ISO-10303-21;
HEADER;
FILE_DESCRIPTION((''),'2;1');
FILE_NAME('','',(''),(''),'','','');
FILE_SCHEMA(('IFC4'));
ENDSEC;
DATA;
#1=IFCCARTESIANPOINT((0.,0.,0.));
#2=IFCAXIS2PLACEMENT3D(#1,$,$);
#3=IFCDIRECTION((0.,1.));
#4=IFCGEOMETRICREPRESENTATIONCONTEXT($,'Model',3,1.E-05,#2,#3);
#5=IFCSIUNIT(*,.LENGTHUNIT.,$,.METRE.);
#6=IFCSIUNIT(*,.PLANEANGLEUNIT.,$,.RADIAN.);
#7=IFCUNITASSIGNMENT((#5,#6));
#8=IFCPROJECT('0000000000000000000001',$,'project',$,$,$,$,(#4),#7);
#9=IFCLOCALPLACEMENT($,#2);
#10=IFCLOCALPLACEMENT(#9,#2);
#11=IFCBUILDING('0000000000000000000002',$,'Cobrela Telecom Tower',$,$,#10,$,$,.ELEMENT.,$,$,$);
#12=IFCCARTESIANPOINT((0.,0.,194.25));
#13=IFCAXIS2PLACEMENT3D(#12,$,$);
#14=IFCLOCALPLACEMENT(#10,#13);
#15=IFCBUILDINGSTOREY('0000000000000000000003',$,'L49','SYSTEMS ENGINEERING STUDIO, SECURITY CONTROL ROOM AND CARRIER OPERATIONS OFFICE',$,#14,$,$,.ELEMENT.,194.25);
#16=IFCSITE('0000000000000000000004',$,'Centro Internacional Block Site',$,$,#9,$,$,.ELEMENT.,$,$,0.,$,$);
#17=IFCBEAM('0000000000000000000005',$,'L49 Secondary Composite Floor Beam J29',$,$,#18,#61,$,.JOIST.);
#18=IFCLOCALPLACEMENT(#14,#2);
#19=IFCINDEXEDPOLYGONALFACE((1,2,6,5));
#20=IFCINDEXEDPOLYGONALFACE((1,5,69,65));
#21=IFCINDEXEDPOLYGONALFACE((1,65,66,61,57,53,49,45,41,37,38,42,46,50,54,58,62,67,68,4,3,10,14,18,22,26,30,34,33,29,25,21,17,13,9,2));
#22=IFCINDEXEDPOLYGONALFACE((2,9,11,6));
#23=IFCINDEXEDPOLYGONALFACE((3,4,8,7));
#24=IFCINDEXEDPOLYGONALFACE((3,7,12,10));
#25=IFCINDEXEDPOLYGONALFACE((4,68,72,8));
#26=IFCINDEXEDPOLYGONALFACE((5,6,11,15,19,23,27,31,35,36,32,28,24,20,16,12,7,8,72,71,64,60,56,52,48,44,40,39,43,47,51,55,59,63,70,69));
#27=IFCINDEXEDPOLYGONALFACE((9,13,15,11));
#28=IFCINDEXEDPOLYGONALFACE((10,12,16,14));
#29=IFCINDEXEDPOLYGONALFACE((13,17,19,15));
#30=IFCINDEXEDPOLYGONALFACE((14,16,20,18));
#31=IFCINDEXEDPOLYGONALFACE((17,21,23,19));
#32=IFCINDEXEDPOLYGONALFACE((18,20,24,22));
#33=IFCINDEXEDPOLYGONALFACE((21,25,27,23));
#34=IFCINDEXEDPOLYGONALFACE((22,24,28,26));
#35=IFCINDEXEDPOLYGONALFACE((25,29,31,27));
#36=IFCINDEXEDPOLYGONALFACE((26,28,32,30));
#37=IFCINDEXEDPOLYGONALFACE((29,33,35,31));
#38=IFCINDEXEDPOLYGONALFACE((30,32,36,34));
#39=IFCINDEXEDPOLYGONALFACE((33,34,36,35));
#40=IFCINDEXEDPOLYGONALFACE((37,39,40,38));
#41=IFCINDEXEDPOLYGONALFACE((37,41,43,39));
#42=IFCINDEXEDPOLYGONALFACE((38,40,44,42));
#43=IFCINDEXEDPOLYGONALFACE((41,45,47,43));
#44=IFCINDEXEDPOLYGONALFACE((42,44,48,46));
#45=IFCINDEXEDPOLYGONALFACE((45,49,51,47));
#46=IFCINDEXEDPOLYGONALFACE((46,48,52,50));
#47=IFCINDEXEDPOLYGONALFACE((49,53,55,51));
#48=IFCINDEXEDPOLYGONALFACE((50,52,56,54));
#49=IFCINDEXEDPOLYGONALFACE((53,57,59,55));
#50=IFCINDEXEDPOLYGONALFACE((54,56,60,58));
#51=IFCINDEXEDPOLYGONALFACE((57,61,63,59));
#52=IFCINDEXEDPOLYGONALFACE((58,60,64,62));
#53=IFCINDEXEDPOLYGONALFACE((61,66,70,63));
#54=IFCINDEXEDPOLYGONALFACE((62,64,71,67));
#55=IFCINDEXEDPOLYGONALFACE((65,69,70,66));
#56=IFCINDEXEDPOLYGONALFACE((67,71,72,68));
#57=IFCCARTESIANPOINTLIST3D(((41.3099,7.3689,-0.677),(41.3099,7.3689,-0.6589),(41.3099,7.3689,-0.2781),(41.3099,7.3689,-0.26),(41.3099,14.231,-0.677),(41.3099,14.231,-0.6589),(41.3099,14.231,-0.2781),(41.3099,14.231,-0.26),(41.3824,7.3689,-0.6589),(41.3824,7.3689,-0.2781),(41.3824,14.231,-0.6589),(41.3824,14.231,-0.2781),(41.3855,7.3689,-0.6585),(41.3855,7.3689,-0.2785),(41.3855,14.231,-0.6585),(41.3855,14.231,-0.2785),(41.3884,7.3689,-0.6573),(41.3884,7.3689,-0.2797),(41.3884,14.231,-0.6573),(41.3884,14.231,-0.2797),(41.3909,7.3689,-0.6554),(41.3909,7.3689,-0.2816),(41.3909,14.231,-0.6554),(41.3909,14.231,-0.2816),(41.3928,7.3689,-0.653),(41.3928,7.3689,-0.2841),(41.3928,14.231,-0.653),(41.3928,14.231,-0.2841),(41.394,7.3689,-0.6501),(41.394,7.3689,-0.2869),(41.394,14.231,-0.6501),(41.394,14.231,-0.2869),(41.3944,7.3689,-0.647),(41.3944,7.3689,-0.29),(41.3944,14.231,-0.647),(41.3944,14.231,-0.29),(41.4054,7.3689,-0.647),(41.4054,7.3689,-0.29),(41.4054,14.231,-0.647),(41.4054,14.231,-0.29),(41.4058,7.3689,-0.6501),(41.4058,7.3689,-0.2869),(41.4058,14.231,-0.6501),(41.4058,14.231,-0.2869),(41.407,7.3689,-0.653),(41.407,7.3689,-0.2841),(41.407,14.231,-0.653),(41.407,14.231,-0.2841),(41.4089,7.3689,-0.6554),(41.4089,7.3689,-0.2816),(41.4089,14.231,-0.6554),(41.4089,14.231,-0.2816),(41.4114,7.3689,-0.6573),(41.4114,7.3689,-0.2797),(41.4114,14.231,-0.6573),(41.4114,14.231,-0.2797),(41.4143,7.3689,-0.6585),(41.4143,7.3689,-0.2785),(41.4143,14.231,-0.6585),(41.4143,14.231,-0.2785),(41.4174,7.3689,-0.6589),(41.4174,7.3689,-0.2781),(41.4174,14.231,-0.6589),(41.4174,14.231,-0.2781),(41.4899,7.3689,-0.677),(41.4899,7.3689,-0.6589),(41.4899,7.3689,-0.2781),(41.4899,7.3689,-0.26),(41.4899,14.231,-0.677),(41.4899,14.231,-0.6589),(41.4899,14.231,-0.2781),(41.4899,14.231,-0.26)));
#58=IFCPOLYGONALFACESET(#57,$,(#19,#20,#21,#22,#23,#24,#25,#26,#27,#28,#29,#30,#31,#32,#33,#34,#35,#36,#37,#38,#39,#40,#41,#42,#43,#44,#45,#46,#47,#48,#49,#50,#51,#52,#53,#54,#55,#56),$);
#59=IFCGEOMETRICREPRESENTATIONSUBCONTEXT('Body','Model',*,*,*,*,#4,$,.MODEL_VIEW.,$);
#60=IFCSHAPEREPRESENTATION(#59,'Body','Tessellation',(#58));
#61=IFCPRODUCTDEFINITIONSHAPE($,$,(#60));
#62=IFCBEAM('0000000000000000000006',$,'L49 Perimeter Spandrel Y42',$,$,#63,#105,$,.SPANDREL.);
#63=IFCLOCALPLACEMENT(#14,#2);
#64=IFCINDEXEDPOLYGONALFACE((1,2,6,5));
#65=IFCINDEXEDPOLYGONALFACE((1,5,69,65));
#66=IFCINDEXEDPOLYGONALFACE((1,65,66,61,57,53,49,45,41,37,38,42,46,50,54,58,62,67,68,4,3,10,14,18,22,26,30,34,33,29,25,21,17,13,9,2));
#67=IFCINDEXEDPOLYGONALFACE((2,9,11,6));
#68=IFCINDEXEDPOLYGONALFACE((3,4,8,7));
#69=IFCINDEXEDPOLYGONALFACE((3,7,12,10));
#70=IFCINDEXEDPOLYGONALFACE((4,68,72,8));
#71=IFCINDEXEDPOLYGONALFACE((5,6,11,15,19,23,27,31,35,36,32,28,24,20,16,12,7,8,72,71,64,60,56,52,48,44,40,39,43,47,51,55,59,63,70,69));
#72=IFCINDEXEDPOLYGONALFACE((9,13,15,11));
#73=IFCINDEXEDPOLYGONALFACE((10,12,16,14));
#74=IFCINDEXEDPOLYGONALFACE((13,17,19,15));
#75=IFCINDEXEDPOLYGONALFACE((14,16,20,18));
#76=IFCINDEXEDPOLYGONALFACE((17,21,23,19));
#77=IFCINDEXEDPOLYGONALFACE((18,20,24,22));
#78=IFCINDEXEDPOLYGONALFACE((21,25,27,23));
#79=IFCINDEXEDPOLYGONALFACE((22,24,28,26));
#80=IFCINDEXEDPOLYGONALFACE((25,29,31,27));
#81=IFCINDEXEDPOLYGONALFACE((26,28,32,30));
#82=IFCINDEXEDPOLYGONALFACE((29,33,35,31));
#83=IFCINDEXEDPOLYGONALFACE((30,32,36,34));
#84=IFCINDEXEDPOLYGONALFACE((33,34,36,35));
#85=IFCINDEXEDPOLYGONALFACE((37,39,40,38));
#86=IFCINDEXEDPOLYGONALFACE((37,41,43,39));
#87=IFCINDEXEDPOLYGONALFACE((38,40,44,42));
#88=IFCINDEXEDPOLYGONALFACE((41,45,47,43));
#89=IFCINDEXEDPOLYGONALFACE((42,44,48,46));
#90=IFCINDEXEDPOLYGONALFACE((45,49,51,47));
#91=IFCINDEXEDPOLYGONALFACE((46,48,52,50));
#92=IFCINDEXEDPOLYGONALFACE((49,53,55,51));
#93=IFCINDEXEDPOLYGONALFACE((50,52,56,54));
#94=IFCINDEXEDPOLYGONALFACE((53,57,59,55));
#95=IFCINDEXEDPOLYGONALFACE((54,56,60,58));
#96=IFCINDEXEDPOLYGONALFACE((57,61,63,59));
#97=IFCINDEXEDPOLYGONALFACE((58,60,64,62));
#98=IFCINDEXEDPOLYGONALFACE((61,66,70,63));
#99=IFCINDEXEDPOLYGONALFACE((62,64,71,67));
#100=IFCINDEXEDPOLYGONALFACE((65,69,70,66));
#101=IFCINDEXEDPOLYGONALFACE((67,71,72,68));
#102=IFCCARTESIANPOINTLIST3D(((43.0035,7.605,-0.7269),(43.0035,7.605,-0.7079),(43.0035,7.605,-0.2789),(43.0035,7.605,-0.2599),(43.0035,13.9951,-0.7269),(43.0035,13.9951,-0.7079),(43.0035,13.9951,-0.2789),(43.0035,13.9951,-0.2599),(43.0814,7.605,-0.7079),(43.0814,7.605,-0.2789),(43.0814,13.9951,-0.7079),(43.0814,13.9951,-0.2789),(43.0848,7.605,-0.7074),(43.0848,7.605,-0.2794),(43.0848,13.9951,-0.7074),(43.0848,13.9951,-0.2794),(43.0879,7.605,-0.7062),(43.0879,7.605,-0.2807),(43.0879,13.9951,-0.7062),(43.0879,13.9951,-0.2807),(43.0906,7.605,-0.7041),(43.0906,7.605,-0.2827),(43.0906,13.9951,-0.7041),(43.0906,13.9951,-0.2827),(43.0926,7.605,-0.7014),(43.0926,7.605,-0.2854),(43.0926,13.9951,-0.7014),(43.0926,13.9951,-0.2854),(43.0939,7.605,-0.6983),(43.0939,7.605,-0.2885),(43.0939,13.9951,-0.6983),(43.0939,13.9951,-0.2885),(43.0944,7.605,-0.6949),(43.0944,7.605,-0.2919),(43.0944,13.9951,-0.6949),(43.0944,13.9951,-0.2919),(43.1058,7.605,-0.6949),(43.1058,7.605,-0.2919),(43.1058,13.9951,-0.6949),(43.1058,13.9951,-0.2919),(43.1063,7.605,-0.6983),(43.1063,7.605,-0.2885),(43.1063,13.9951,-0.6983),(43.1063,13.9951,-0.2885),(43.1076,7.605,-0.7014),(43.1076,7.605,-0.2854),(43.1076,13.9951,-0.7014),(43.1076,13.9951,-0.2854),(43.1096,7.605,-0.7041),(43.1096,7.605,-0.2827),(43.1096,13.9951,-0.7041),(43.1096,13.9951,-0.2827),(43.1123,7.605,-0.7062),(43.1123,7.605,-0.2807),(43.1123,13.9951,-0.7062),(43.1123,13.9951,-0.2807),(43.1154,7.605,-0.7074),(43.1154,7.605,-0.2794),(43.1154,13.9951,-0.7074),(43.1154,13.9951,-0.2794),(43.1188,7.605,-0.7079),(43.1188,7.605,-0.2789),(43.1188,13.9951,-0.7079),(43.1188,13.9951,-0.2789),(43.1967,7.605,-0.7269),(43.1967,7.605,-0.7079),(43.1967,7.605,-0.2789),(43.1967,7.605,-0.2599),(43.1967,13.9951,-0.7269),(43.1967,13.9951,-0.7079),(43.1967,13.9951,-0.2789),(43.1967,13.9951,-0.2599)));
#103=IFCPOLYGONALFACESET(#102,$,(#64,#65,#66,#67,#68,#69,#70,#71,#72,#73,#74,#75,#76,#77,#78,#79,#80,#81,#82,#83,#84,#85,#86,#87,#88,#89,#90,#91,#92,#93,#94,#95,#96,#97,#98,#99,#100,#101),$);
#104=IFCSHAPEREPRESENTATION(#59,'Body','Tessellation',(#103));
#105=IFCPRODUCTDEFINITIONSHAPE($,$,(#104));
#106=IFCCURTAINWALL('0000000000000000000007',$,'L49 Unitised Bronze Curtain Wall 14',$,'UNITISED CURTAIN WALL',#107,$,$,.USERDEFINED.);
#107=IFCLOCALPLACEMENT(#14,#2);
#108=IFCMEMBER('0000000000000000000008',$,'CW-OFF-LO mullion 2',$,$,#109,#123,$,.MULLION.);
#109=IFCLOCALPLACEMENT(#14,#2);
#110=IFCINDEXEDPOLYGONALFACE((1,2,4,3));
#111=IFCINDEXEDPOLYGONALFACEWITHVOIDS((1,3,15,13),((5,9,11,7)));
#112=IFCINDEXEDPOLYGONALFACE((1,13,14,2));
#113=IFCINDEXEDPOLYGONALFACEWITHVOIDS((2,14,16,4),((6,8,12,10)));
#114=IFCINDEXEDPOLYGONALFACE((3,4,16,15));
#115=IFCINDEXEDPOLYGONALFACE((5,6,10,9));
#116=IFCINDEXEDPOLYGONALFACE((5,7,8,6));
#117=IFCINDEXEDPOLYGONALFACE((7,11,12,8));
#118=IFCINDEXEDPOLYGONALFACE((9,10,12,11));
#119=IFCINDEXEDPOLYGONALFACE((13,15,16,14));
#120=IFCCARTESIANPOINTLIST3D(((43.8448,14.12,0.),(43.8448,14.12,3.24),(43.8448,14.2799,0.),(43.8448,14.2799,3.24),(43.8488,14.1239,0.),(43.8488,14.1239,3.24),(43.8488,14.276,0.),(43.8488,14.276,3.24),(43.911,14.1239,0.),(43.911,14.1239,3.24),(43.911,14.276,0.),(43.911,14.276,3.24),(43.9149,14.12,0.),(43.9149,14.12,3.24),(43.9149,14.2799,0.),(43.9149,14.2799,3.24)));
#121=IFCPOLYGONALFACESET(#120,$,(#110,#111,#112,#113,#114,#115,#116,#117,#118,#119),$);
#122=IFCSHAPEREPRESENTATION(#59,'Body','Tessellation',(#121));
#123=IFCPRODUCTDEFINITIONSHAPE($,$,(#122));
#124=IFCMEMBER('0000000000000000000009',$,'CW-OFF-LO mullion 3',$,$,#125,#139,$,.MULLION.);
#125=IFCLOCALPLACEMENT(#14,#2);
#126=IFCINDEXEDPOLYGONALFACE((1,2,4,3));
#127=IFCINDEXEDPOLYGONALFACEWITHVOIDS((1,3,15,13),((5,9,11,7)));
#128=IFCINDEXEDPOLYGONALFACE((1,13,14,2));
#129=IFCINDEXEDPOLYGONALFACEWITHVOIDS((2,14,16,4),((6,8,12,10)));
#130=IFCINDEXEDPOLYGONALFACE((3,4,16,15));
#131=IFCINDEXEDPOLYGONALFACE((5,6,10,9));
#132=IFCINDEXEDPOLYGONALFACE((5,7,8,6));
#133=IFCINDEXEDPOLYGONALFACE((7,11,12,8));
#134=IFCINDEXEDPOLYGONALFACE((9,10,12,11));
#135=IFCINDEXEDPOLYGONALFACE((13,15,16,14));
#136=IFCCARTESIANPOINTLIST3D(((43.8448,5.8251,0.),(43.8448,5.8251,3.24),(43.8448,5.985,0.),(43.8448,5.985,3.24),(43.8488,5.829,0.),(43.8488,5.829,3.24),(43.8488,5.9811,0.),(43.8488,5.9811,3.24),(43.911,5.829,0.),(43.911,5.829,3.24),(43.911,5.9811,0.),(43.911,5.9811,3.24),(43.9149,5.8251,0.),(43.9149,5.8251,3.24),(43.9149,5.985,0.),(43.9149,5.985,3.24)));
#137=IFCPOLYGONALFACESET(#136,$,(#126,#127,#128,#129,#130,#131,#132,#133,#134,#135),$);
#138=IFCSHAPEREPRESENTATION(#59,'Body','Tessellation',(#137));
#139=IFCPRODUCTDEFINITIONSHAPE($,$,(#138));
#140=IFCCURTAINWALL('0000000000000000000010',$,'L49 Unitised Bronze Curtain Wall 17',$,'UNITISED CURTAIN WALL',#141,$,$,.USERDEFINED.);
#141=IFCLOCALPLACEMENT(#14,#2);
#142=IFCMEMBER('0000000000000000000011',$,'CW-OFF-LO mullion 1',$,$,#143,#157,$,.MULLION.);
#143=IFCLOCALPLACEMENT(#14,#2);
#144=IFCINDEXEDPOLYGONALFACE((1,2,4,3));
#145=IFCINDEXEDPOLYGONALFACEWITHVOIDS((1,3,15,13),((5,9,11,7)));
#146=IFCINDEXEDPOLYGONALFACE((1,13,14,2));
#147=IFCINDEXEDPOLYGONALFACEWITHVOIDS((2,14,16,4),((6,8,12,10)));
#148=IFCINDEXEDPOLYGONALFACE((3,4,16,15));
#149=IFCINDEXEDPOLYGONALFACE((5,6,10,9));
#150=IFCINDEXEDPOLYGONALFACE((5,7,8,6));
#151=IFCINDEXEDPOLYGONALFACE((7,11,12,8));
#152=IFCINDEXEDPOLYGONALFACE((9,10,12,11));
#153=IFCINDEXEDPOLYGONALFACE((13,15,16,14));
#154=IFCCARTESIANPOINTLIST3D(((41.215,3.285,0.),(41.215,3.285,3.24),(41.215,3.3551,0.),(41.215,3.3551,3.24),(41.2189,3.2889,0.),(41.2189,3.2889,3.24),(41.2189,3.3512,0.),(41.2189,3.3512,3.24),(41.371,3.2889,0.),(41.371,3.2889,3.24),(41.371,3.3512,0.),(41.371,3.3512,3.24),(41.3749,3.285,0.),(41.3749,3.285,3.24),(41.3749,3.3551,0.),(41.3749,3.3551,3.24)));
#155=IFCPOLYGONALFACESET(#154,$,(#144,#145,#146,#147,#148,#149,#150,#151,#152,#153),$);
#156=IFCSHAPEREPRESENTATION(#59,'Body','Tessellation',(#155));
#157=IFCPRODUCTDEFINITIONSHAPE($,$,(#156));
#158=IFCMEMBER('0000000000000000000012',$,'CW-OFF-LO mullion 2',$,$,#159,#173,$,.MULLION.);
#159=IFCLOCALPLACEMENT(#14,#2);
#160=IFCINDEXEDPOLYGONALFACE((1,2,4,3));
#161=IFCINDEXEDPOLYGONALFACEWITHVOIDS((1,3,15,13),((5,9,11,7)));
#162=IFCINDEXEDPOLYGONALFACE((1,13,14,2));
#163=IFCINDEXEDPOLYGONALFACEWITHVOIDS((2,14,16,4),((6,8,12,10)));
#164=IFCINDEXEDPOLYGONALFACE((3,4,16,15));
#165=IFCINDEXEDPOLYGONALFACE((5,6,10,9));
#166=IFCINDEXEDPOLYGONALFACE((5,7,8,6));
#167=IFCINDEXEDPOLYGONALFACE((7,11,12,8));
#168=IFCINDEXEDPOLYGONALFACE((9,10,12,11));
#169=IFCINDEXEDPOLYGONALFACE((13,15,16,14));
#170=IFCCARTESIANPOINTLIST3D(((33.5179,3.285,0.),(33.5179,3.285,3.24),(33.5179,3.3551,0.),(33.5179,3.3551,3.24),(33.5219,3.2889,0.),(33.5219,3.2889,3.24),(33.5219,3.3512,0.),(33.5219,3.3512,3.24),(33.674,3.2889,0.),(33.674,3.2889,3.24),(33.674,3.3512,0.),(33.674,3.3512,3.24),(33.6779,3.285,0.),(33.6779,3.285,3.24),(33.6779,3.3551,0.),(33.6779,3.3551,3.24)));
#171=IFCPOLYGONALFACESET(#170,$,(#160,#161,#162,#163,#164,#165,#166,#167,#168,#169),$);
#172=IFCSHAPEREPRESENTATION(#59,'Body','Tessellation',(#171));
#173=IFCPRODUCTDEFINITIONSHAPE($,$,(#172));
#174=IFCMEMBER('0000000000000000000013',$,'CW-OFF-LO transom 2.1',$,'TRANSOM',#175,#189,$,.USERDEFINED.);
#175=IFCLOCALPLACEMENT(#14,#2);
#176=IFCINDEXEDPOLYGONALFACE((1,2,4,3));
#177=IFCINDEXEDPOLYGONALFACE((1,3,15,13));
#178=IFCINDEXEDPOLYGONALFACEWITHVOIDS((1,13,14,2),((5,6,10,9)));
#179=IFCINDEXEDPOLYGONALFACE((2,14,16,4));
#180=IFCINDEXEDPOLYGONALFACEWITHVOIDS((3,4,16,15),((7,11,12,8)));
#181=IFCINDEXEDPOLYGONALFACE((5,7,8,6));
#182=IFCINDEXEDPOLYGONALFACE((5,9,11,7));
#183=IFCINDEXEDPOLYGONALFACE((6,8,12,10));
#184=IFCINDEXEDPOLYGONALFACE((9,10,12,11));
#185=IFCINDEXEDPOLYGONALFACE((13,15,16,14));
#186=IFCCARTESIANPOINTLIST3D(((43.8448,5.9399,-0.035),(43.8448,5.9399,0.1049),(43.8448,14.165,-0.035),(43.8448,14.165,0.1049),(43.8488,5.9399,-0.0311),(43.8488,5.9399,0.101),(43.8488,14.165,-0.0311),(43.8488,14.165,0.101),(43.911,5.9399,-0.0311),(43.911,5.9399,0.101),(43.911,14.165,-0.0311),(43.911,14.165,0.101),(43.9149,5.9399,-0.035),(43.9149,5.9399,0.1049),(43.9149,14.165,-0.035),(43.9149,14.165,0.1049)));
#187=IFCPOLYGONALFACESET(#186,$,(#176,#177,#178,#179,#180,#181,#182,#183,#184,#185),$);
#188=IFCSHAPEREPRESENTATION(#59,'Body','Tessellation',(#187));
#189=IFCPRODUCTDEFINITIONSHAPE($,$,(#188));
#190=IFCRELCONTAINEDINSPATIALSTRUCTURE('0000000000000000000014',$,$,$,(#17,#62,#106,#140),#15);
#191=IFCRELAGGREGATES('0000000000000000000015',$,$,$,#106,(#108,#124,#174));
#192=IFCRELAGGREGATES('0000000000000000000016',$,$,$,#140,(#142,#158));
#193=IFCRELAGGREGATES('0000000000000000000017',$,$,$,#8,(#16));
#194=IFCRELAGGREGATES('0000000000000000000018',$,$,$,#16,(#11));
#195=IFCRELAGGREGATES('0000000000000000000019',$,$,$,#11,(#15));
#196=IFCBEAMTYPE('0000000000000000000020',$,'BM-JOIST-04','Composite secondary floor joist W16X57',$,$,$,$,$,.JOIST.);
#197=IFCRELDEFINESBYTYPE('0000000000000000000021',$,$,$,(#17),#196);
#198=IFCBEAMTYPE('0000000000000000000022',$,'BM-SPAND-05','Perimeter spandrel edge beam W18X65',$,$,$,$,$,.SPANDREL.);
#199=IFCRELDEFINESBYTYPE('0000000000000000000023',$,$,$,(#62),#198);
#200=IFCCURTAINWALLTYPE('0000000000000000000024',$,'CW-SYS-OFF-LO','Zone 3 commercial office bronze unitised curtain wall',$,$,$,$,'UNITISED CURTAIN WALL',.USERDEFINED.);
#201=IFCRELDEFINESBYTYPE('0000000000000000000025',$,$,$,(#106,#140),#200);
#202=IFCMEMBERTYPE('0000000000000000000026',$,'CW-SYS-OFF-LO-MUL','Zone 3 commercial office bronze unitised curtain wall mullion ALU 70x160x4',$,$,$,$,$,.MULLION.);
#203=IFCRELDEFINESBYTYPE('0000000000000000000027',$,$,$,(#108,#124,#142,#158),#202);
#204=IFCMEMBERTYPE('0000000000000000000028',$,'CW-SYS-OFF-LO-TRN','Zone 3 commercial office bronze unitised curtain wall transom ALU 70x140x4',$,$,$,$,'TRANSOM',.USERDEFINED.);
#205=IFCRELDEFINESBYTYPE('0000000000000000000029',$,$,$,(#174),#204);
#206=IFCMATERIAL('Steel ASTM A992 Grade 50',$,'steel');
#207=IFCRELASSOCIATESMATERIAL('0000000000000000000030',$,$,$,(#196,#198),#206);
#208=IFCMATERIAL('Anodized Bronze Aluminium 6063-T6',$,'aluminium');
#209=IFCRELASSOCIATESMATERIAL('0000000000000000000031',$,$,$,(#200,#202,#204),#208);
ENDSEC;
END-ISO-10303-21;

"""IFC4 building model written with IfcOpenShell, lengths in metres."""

from ifc_helpers import new_model, si_unit, direction, frame, origin, origin_2d, place, context, subcontext, project, spatial, hollow_rectangle, i_section, extrude, material, material_profile, profile_set, type_object, element, aggregate, save


model = new_model("IFC4")

# Units and contexts
model_context = context("Model", 3, precision=1e-05, world=origin(), true_north=direction((0.0, 1.0)))
body_context = subcontext(model_context, "Body", "Model", "MODEL_VIEW")
ifc_project = project(units=[si_unit("LENGTHUNIT", "METRE"), si_unit("PLANEANGLEUNIT", "RADIAN")], contexts=[model_context])

# Site, building, storey
site_placement = place(None, origin())
site = spatial("IfcSite", under=ifc_project, at=site_placement, Name="Centro Internacional Block Site", CompositionType="ELEMENT", RefElevation=0.0)
building_placement = place(site_placement, origin())
building = spatial("IfcBuilding", under=site, at=building_placement, Name="Cobrela Telecom Tower", CompositionType="ELEMENT")
storey_placement = place(building_placement, frame((0.0, 0.0, 194.25)))
storey = spatial("IfcBuildingStorey", under=building, at=storey_placement, Name="L49", Description="SYSTEMS ENGINEERING STUDIO, SECURITY CONTROL ROOM AND CARRIER OPERATIONS OFFICE", CompositionType="ELEMENT", Elevation=194.25)

# Shared definitions
ifc_material_1 = material(Name="Steel ASTM A992 Grade 50", Category="steel")

# Beams
ifc_material_profile_1 = material_profile(ifc_material_1, i_section(OverallWidth=0.1799, OverallDepth=0.417, WebThickness=0.011, FlangeThickness=0.0181, FilletRadius=0.012, at=origin_2d()), Name="W16X57")
ifc_profile_set_1 = profile_set([ifc_material_profile_1], Name="Steel ASTM A992 Grade 50")
beam_type_1 = type_object("IfcBeamType", Name="BM-JOIST-04", Description="Composite secondary floor joist W16X57", PredefinedType="JOIST", material=ifc_profile_set_1)
for number, where, z_axis, x_axis, name in (
    (1, (41.3999, 7.3689, -0.4685), (0.0, 1.0, 0.0), (-1.0, 0.0, 0.0), "L49 Secondary Composite Floor Beam J29"),
):
    element("IfcBeam", number, at=place(storey_placement, frame(where, z_axis=z_axis, x_axis=x_axis)), inside=storey, type_object=beam_type_1, Name=name, PredefinedType="JOIST", context=body_context, shape_type="SweptSolid", body=[
        extrude(i_section(OverallWidth=0.1799, OverallDepth=0.417, WebThickness=0.011, FlangeThickness=0.0181, FilletRadius=0.012, at=origin_2d()), origin(), (0.0, 0.0, 1.0), 6.8621),
    ])
ifc_material_profile_2 = material_profile(ifc_material_1, i_section(OverallWidth=0.1931, OverallDepth=0.467, WebThickness=0.0115, FlangeThickness=0.019, FilletRadius=0.0129, at=origin_2d()), Name="W18X65")
ifc_profile_set_2 = profile_set([ifc_material_profile_2], Name="Steel ASTM A992 Grade 50")
beam_type_2 = type_object("IfcBeamType", Name="BM-SPAND-05", Description="Perimeter spandrel edge beam W18X65", PredefinedType="SPANDREL", material=ifc_profile_set_2)
beam_1_placement = place(storey_placement, frame((43.1001, 7.605, -0.4934), z_axis=(0.0, 1.0, 0.0), x_axis=(-1.0, 0.0, 0.0)))
element("IfcBeam", 2, at=beam_1_placement, inside=storey, type_object=beam_type_2, Name="L49 Perimeter Spandrel Y42", PredefinedType="SPANDREL", context=body_context, shape_type="SweptSolid", body=[
    extrude(i_section(OverallWidth=0.1931, OverallDepth=0.467, WebThickness=0.0115, FlangeThickness=0.019, FilletRadius=0.0129, at=origin_2d()), origin(), (0.0, 0.0, 1.0), 6.3901),
])

# Curtain walls, members
ifc_material_2 = material(Name="Anodized Bronze Aluminium 6063-T6", Category="aluminium")
curtain_wall_type = type_object("IfcCurtainWallType", Name="CW-SYS-OFF-LO", Description="Zone 3 commercial office bronze unitised curtain wall", ElementType="UNITISED CURTAIN WALL", PredefinedType="USERDEFINED", material=ifc_material_2)
curtain_wall_1_placement = place(storey_placement, origin())
curtain_wall_1 = element("IfcCurtainWall", 3, at=curtain_wall_1_placement, inside=storey, type_object=curtain_wall_type, Name="L49 Unitised Bronze Curtain Wall 14", ObjectType="UNITISED CURTAIN WALL", PredefinedType="USERDEFINED")
ifc_material_profile_3 = material_profile(ifc_material_2, hollow_rectangle(XDim=0.0701, YDim=0.1599, WallThickness=0.0039, at=origin_2d()), Name="ALU 70x160x4")
ifc_profile_set_3 = profile_set([ifc_material_profile_3], Name="Anodized Bronze Aluminium 6063-T6")
member_type_1 = type_object("IfcMemberType", Name="CW-SYS-OFF-LO-MUL", Description="Zone 3 commercial office bronze unitised curtain wall mullion ALU 70x160x4", PredefinedType="MULLION", material=ifc_profile_set_3)
member_1_placement = place(storey_placement, frame((43.8799, 14.2, 0.0), z_axis=(0.0, 0.0, 1.0), x_axis=(1.0, 0.0, 0.0)))
member_1 = element("IfcMember", 4, at=member_1_placement, type_object=member_type_1, Name="CW-OFF-LO mullion 2", PredefinedType="MULLION", context=body_context, shape_type="SweptSolid", body=[
    extrude(hollow_rectangle(XDim=0.0701, YDim=0.1599, WallThickness=0.0039, at=origin_2d()), origin(), (0.0, 0.0, 1.0), 3.24),
])
member_2_placement = place(storey_placement, frame((43.8799, 5.905, 0.0), z_axis=(0.0, 0.0, 1.0), x_axis=(1.0, 0.0, 0.0)))
member_2 = element("IfcMember", 5, at=member_2_placement, type_object=member_type_1, Name="CW-OFF-LO mullion 3", PredefinedType="MULLION", context=body_context, shape_type="SweptSolid", body=[
    extrude(hollow_rectangle(XDim=0.0701, YDim=0.1599, WallThickness=0.0039, at=origin_2d()), origin(), (0.0, 0.0, 1.0), 3.24),
])
curtain_wall_2_placement = place(storey_placement, origin())
curtain_wall_2 = element("IfcCurtainWall", 6, at=curtain_wall_2_placement, inside=storey, type_object=curtain_wall_type, Name="L49 Unitised Bronze Curtain Wall 17", ObjectType="UNITISED CURTAIN WALL", PredefinedType="USERDEFINED")
member_3_placement = place(storey_placement, frame((41.2949, 3.3201, 0.0), z_axis=(0.0, 0.0, 1.0), x_axis=(0.0, -1.0, 0.0)))
member_3 = element("IfcMember", 7, at=member_3_placement, type_object=member_type_1, Name="CW-OFF-LO mullion 1", PredefinedType="MULLION", context=body_context, shape_type="SweptSolid", body=[
    extrude(hollow_rectangle(XDim=0.0701, YDim=0.1599, WallThickness=0.0039, at=origin_2d()), origin(), (0.0, 0.0, 1.0), 3.24),
])
member_4_placement = place(storey_placement, frame((33.5979, 3.3201, 0.0), z_axis=(0.0, 0.0, 1.0), x_axis=(0.0, -1.0, 0.0)))
member_4 = element("IfcMember", 8, at=member_4_placement, type_object=member_type_1, Name="CW-OFF-LO mullion 2", PredefinedType="MULLION", context=body_context, shape_type="SweptSolid", body=[
    extrude(hollow_rectangle(XDim=0.0701, YDim=0.1599, WallThickness=0.0039, at=origin_2d()), origin(), (0.0, 0.0, 1.0), 3.24),
])

# Member
ifc_material_profile_4 = material_profile(ifc_material_2, hollow_rectangle(XDim=0.0701, YDim=0.1399, WallThickness=0.0039, at=origin_2d()), Name="ALU 70x140x4")
ifc_profile_set_4 = profile_set([ifc_material_profile_4], Name="Anodized Bronze Aluminium 6063-T6")
member_type_2 = type_object("IfcMemberType", Name="CW-SYS-OFF-LO-TRN", Description="Zone 3 commercial office bronze unitised curtain wall transom ALU 70x140x4", ElementType="TRANSOM", PredefinedType="USERDEFINED", material=ifc_profile_set_4)
member_5_placement = place(storey_placement, frame((43.8799, 14.165, 0.0349), z_axis=(0.0, -1.0, 0.0), x_axis=(1.0, 0.0, 0.0)))
member_5 = element("IfcMember", 9, at=member_5_placement, type_object=member_type_2, Name="CW-OFF-LO transom 2.1", ObjectType="TRANSOM", PredefinedType="USERDEFINED", context=body_context, shape_type="SweptSolid", body=[
    extrude(hollow_rectangle(XDim=0.0701, YDim=0.1399, WallThickness=0.0039, at=origin_2d()), origin(), (0.0, 0.0, 1.0), 8.2251),
])

aggregate(curtain_wall_1, [member_1, member_2, member_5])
aggregate(curtain_wall_2, [member_3, member_4])

save(model, "model.ifc")
